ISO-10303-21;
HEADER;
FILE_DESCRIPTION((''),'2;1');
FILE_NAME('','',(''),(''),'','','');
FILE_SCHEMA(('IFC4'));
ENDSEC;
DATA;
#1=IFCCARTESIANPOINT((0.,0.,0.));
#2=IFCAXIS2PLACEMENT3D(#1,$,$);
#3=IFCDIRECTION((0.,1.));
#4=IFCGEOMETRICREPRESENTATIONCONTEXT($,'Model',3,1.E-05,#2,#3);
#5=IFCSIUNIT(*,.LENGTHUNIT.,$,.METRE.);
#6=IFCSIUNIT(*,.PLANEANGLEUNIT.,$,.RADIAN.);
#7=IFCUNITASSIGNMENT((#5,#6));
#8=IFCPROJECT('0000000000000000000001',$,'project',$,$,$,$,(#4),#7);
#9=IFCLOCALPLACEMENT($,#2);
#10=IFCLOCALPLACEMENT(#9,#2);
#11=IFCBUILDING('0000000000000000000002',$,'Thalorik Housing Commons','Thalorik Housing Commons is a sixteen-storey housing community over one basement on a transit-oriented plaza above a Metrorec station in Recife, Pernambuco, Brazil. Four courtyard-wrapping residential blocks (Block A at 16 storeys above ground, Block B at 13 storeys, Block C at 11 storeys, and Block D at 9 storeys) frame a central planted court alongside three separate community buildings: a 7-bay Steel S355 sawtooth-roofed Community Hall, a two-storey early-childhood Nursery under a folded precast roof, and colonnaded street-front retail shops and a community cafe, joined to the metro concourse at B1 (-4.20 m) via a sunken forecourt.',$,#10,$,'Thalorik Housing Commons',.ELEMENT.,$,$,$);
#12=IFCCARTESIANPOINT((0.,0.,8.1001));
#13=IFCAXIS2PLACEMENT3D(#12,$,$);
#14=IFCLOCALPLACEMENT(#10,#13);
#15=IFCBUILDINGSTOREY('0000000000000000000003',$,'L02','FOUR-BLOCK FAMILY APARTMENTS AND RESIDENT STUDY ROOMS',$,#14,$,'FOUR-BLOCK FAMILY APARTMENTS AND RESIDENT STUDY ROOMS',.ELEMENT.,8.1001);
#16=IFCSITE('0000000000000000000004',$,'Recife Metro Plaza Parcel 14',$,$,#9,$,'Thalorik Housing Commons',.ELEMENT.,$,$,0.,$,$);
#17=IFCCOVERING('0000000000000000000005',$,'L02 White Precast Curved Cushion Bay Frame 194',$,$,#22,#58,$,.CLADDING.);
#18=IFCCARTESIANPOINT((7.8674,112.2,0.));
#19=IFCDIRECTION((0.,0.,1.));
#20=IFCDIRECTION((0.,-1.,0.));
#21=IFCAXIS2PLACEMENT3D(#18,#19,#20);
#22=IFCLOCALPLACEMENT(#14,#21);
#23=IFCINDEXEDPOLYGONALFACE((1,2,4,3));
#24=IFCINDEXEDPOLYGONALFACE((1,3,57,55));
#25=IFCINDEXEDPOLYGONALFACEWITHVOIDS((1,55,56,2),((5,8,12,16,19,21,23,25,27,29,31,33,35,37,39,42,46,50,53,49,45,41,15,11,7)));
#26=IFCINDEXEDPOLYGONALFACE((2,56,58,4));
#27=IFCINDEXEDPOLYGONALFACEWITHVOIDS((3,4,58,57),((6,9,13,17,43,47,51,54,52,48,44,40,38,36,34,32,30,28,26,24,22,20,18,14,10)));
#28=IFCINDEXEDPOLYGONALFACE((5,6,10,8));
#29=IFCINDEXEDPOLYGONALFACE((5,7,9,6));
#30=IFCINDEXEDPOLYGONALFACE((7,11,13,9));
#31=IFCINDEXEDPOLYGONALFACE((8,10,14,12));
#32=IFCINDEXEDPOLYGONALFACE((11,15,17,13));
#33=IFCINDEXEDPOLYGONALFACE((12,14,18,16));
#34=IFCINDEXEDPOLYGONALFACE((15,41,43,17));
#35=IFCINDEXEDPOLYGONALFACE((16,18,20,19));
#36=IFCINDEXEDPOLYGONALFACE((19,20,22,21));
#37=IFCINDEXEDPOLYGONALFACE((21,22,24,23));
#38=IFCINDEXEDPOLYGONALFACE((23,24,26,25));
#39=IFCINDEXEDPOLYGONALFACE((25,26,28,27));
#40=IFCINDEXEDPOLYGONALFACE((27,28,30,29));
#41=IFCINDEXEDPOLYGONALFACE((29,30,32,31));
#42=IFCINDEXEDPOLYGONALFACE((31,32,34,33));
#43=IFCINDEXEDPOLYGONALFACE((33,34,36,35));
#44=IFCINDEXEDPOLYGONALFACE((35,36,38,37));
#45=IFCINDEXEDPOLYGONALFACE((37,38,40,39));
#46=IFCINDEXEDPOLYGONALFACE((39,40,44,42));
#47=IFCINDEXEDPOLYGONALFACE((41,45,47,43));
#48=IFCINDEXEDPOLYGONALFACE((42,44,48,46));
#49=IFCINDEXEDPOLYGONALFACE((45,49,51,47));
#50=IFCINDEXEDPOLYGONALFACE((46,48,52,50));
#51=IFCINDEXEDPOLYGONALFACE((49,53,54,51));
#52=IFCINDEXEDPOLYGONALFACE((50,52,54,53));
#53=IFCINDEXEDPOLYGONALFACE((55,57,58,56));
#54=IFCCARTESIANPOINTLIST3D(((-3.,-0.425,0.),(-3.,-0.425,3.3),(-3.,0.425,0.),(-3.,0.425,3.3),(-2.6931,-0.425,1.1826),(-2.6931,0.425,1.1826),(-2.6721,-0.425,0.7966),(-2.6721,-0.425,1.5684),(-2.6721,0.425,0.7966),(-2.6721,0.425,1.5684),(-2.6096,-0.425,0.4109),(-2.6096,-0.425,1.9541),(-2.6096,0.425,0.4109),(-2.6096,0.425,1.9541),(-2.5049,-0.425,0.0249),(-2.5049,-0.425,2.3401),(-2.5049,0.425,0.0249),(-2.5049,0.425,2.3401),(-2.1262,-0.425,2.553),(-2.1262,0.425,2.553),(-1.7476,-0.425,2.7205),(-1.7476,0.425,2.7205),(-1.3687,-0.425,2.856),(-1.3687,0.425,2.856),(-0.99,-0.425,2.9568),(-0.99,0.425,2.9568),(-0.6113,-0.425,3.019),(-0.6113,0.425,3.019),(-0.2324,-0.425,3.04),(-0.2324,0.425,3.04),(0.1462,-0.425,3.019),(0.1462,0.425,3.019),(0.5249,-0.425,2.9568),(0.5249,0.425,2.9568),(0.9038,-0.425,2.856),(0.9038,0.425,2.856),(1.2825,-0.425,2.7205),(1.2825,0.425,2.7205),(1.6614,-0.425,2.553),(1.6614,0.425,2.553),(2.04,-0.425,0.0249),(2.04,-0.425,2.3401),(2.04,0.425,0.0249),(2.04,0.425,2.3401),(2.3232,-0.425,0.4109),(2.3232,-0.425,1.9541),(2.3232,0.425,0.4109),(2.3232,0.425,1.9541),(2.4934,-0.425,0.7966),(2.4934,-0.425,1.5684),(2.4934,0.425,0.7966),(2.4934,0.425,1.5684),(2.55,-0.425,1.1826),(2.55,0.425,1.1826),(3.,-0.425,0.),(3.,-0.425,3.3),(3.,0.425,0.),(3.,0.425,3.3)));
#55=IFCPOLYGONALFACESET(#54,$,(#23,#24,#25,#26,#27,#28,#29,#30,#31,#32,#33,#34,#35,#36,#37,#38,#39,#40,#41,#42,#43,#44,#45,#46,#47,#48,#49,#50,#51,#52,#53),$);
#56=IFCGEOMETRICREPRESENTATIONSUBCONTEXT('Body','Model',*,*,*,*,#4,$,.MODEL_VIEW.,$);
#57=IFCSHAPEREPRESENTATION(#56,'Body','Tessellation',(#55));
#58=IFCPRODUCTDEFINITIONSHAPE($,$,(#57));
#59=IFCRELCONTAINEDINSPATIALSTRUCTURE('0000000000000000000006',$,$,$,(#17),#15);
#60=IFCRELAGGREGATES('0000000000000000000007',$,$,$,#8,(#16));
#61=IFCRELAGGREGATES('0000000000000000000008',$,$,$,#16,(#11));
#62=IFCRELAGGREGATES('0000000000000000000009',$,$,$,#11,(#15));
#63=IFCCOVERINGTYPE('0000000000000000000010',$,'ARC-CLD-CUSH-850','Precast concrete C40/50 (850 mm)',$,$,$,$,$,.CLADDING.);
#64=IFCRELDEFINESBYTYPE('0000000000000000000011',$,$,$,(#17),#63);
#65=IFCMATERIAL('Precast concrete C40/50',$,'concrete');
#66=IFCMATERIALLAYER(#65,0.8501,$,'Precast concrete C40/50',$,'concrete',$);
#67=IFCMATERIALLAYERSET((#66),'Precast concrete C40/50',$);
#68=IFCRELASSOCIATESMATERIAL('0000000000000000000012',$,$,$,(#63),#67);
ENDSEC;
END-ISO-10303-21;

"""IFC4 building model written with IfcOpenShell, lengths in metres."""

from ifc_helpers import new_model, si_unit, direction, frame, origin, place, context, subcontext, project, spatial, polyline, outline, extrude, material, layer, layer_set, type_object, element, save


model = new_model("IFC4")

# Units and contexts
model_context = context("Model", 3, precision=1e-05, world=origin(), true_north=direction((0.0, 1.0)))
body_context = subcontext(model_context, "Body", "Model", "MODEL_VIEW")
ifc_project = project(units=[si_unit("LENGTHUNIT", "METRE"), si_unit("PLANEANGLEUNIT", "RADIAN")], contexts=[model_context])

# Site, building, storey
site_placement = place(None, origin())
site = spatial("IfcSite", under=ifc_project, at=site_placement, Name="Recife Metro Plaza Parcel 14", LongName="Thalorik Housing Commons", CompositionType="ELEMENT", RefElevation=0.0)
building_placement = place(site_placement, origin())
building = spatial("IfcBuilding", under=site, at=building_placement, Name="Thalorik Housing Commons", Description="Thalorik Housing Commons is a sixteen-storey housing community over one basement on a transit-oriented plaza above a Metrorec station in Recife, Pernambuco, Brazil. Four courtyard-wrapping residential blocks (Block A at 16 storeys above ground, Block B at 13 storeys, Block C at 11 storeys, and Block D at 9 storeys) frame a central planted court alongside three separate community buildings: a 7-bay Steel S355 sawtooth-roofed Community Hall, a two-storey early-childhood Nursery under a folded precast roof, and colonnaded street-front retail shops and a community cafe, joined to the metro concourse at B1 (-4.20 m) via a sunken forecourt.", LongName="Thalorik Housing Commons", CompositionType="ELEMENT")
storey_placement = place(building_placement, frame((0.0, 0.0, 8.1001)))
storey = spatial("IfcBuildingStorey", under=building, at=storey_placement, Name="L02", Description="FOUR-BLOCK FAMILY APARTMENTS AND RESIDENT STUDY ROOMS", LongName="FOUR-BLOCK FAMILY APARTMENTS AND RESIDENT STUDY ROOMS", CompositionType="ELEMENT", Elevation=8.1001)

# Shared definitions
ifc_material_1 = material(Name="Precast concrete C40/50", Category="concrete")

# Covering
ifc_layer_1 = layer(ifc_material_1, 0.8501, Name="Precast concrete C40/50", Category="concrete")
ifc_layer_set_1 = layer_set([ifc_layer_1], Name="Precast concrete C40/50")
covering_type_1 = type_object("IfcCoveringType", Name="ARC-CLD-CUSH-850", Description="Precast concrete C40/50 (850 mm)", PredefinedType="CLADDING", material=ifc_layer_set_1)
covering_1_placement = place(storey_placement, frame((7.8674, 112.2, 0.0), z_axis=(0.0, 0.0, 1.0), x_axis=(0.0, -1.0, 0.0)))
element("IfcCovering", 1, at=covering_1_placement, inside=storey, type_object=covering_type_1, Name="L02 White Precast Curved Cushion Bay Frame 194", PredefinedType="CLADDING", context=body_context, shape_type="SweptSolid", body=[
    extrude(outline(polyline([(-3.0, 0.0), (3.0, 0.0), (3.0, 3.3), (-3.0, 3.3), (-3.0, 0.0)]), holes=[polyline([(2.04, 0.0249), (2.3232, 0.4109), (2.4934, 0.7966), (2.55, 1.1826), (2.4934, 1.5684), (2.3232, 1.9541), (2.04, 2.3401), (1.6614, 2.553), (1.2825, 2.7205), (0.9038, 2.856), (0.5249, 2.9568), (0.1462, 3.019), (-0.2324, 3.04), (-0.6113, 3.019), (-0.99, 2.9568), (-1.3687, 2.856), (-1.7476, 2.7205), (-2.1262, 2.553), (-2.5049, 2.3401), (-2.6096, 1.9541), (-2.6721, 1.5684), (-2.6931, 1.1826), (-2.6721, 0.7966), (-2.6096, 0.4109), (-2.5049, 0.0249), (2.04, 0.0249)])]), frame((0.0, 0.425, 0.0), z_axis=(0.0, -1.0, 0.0), x_axis=(1.0, 0.0, 0.0)), (0.0, 0.0, 1.0), 0.8501),
])

save(model, "model.ifc")
